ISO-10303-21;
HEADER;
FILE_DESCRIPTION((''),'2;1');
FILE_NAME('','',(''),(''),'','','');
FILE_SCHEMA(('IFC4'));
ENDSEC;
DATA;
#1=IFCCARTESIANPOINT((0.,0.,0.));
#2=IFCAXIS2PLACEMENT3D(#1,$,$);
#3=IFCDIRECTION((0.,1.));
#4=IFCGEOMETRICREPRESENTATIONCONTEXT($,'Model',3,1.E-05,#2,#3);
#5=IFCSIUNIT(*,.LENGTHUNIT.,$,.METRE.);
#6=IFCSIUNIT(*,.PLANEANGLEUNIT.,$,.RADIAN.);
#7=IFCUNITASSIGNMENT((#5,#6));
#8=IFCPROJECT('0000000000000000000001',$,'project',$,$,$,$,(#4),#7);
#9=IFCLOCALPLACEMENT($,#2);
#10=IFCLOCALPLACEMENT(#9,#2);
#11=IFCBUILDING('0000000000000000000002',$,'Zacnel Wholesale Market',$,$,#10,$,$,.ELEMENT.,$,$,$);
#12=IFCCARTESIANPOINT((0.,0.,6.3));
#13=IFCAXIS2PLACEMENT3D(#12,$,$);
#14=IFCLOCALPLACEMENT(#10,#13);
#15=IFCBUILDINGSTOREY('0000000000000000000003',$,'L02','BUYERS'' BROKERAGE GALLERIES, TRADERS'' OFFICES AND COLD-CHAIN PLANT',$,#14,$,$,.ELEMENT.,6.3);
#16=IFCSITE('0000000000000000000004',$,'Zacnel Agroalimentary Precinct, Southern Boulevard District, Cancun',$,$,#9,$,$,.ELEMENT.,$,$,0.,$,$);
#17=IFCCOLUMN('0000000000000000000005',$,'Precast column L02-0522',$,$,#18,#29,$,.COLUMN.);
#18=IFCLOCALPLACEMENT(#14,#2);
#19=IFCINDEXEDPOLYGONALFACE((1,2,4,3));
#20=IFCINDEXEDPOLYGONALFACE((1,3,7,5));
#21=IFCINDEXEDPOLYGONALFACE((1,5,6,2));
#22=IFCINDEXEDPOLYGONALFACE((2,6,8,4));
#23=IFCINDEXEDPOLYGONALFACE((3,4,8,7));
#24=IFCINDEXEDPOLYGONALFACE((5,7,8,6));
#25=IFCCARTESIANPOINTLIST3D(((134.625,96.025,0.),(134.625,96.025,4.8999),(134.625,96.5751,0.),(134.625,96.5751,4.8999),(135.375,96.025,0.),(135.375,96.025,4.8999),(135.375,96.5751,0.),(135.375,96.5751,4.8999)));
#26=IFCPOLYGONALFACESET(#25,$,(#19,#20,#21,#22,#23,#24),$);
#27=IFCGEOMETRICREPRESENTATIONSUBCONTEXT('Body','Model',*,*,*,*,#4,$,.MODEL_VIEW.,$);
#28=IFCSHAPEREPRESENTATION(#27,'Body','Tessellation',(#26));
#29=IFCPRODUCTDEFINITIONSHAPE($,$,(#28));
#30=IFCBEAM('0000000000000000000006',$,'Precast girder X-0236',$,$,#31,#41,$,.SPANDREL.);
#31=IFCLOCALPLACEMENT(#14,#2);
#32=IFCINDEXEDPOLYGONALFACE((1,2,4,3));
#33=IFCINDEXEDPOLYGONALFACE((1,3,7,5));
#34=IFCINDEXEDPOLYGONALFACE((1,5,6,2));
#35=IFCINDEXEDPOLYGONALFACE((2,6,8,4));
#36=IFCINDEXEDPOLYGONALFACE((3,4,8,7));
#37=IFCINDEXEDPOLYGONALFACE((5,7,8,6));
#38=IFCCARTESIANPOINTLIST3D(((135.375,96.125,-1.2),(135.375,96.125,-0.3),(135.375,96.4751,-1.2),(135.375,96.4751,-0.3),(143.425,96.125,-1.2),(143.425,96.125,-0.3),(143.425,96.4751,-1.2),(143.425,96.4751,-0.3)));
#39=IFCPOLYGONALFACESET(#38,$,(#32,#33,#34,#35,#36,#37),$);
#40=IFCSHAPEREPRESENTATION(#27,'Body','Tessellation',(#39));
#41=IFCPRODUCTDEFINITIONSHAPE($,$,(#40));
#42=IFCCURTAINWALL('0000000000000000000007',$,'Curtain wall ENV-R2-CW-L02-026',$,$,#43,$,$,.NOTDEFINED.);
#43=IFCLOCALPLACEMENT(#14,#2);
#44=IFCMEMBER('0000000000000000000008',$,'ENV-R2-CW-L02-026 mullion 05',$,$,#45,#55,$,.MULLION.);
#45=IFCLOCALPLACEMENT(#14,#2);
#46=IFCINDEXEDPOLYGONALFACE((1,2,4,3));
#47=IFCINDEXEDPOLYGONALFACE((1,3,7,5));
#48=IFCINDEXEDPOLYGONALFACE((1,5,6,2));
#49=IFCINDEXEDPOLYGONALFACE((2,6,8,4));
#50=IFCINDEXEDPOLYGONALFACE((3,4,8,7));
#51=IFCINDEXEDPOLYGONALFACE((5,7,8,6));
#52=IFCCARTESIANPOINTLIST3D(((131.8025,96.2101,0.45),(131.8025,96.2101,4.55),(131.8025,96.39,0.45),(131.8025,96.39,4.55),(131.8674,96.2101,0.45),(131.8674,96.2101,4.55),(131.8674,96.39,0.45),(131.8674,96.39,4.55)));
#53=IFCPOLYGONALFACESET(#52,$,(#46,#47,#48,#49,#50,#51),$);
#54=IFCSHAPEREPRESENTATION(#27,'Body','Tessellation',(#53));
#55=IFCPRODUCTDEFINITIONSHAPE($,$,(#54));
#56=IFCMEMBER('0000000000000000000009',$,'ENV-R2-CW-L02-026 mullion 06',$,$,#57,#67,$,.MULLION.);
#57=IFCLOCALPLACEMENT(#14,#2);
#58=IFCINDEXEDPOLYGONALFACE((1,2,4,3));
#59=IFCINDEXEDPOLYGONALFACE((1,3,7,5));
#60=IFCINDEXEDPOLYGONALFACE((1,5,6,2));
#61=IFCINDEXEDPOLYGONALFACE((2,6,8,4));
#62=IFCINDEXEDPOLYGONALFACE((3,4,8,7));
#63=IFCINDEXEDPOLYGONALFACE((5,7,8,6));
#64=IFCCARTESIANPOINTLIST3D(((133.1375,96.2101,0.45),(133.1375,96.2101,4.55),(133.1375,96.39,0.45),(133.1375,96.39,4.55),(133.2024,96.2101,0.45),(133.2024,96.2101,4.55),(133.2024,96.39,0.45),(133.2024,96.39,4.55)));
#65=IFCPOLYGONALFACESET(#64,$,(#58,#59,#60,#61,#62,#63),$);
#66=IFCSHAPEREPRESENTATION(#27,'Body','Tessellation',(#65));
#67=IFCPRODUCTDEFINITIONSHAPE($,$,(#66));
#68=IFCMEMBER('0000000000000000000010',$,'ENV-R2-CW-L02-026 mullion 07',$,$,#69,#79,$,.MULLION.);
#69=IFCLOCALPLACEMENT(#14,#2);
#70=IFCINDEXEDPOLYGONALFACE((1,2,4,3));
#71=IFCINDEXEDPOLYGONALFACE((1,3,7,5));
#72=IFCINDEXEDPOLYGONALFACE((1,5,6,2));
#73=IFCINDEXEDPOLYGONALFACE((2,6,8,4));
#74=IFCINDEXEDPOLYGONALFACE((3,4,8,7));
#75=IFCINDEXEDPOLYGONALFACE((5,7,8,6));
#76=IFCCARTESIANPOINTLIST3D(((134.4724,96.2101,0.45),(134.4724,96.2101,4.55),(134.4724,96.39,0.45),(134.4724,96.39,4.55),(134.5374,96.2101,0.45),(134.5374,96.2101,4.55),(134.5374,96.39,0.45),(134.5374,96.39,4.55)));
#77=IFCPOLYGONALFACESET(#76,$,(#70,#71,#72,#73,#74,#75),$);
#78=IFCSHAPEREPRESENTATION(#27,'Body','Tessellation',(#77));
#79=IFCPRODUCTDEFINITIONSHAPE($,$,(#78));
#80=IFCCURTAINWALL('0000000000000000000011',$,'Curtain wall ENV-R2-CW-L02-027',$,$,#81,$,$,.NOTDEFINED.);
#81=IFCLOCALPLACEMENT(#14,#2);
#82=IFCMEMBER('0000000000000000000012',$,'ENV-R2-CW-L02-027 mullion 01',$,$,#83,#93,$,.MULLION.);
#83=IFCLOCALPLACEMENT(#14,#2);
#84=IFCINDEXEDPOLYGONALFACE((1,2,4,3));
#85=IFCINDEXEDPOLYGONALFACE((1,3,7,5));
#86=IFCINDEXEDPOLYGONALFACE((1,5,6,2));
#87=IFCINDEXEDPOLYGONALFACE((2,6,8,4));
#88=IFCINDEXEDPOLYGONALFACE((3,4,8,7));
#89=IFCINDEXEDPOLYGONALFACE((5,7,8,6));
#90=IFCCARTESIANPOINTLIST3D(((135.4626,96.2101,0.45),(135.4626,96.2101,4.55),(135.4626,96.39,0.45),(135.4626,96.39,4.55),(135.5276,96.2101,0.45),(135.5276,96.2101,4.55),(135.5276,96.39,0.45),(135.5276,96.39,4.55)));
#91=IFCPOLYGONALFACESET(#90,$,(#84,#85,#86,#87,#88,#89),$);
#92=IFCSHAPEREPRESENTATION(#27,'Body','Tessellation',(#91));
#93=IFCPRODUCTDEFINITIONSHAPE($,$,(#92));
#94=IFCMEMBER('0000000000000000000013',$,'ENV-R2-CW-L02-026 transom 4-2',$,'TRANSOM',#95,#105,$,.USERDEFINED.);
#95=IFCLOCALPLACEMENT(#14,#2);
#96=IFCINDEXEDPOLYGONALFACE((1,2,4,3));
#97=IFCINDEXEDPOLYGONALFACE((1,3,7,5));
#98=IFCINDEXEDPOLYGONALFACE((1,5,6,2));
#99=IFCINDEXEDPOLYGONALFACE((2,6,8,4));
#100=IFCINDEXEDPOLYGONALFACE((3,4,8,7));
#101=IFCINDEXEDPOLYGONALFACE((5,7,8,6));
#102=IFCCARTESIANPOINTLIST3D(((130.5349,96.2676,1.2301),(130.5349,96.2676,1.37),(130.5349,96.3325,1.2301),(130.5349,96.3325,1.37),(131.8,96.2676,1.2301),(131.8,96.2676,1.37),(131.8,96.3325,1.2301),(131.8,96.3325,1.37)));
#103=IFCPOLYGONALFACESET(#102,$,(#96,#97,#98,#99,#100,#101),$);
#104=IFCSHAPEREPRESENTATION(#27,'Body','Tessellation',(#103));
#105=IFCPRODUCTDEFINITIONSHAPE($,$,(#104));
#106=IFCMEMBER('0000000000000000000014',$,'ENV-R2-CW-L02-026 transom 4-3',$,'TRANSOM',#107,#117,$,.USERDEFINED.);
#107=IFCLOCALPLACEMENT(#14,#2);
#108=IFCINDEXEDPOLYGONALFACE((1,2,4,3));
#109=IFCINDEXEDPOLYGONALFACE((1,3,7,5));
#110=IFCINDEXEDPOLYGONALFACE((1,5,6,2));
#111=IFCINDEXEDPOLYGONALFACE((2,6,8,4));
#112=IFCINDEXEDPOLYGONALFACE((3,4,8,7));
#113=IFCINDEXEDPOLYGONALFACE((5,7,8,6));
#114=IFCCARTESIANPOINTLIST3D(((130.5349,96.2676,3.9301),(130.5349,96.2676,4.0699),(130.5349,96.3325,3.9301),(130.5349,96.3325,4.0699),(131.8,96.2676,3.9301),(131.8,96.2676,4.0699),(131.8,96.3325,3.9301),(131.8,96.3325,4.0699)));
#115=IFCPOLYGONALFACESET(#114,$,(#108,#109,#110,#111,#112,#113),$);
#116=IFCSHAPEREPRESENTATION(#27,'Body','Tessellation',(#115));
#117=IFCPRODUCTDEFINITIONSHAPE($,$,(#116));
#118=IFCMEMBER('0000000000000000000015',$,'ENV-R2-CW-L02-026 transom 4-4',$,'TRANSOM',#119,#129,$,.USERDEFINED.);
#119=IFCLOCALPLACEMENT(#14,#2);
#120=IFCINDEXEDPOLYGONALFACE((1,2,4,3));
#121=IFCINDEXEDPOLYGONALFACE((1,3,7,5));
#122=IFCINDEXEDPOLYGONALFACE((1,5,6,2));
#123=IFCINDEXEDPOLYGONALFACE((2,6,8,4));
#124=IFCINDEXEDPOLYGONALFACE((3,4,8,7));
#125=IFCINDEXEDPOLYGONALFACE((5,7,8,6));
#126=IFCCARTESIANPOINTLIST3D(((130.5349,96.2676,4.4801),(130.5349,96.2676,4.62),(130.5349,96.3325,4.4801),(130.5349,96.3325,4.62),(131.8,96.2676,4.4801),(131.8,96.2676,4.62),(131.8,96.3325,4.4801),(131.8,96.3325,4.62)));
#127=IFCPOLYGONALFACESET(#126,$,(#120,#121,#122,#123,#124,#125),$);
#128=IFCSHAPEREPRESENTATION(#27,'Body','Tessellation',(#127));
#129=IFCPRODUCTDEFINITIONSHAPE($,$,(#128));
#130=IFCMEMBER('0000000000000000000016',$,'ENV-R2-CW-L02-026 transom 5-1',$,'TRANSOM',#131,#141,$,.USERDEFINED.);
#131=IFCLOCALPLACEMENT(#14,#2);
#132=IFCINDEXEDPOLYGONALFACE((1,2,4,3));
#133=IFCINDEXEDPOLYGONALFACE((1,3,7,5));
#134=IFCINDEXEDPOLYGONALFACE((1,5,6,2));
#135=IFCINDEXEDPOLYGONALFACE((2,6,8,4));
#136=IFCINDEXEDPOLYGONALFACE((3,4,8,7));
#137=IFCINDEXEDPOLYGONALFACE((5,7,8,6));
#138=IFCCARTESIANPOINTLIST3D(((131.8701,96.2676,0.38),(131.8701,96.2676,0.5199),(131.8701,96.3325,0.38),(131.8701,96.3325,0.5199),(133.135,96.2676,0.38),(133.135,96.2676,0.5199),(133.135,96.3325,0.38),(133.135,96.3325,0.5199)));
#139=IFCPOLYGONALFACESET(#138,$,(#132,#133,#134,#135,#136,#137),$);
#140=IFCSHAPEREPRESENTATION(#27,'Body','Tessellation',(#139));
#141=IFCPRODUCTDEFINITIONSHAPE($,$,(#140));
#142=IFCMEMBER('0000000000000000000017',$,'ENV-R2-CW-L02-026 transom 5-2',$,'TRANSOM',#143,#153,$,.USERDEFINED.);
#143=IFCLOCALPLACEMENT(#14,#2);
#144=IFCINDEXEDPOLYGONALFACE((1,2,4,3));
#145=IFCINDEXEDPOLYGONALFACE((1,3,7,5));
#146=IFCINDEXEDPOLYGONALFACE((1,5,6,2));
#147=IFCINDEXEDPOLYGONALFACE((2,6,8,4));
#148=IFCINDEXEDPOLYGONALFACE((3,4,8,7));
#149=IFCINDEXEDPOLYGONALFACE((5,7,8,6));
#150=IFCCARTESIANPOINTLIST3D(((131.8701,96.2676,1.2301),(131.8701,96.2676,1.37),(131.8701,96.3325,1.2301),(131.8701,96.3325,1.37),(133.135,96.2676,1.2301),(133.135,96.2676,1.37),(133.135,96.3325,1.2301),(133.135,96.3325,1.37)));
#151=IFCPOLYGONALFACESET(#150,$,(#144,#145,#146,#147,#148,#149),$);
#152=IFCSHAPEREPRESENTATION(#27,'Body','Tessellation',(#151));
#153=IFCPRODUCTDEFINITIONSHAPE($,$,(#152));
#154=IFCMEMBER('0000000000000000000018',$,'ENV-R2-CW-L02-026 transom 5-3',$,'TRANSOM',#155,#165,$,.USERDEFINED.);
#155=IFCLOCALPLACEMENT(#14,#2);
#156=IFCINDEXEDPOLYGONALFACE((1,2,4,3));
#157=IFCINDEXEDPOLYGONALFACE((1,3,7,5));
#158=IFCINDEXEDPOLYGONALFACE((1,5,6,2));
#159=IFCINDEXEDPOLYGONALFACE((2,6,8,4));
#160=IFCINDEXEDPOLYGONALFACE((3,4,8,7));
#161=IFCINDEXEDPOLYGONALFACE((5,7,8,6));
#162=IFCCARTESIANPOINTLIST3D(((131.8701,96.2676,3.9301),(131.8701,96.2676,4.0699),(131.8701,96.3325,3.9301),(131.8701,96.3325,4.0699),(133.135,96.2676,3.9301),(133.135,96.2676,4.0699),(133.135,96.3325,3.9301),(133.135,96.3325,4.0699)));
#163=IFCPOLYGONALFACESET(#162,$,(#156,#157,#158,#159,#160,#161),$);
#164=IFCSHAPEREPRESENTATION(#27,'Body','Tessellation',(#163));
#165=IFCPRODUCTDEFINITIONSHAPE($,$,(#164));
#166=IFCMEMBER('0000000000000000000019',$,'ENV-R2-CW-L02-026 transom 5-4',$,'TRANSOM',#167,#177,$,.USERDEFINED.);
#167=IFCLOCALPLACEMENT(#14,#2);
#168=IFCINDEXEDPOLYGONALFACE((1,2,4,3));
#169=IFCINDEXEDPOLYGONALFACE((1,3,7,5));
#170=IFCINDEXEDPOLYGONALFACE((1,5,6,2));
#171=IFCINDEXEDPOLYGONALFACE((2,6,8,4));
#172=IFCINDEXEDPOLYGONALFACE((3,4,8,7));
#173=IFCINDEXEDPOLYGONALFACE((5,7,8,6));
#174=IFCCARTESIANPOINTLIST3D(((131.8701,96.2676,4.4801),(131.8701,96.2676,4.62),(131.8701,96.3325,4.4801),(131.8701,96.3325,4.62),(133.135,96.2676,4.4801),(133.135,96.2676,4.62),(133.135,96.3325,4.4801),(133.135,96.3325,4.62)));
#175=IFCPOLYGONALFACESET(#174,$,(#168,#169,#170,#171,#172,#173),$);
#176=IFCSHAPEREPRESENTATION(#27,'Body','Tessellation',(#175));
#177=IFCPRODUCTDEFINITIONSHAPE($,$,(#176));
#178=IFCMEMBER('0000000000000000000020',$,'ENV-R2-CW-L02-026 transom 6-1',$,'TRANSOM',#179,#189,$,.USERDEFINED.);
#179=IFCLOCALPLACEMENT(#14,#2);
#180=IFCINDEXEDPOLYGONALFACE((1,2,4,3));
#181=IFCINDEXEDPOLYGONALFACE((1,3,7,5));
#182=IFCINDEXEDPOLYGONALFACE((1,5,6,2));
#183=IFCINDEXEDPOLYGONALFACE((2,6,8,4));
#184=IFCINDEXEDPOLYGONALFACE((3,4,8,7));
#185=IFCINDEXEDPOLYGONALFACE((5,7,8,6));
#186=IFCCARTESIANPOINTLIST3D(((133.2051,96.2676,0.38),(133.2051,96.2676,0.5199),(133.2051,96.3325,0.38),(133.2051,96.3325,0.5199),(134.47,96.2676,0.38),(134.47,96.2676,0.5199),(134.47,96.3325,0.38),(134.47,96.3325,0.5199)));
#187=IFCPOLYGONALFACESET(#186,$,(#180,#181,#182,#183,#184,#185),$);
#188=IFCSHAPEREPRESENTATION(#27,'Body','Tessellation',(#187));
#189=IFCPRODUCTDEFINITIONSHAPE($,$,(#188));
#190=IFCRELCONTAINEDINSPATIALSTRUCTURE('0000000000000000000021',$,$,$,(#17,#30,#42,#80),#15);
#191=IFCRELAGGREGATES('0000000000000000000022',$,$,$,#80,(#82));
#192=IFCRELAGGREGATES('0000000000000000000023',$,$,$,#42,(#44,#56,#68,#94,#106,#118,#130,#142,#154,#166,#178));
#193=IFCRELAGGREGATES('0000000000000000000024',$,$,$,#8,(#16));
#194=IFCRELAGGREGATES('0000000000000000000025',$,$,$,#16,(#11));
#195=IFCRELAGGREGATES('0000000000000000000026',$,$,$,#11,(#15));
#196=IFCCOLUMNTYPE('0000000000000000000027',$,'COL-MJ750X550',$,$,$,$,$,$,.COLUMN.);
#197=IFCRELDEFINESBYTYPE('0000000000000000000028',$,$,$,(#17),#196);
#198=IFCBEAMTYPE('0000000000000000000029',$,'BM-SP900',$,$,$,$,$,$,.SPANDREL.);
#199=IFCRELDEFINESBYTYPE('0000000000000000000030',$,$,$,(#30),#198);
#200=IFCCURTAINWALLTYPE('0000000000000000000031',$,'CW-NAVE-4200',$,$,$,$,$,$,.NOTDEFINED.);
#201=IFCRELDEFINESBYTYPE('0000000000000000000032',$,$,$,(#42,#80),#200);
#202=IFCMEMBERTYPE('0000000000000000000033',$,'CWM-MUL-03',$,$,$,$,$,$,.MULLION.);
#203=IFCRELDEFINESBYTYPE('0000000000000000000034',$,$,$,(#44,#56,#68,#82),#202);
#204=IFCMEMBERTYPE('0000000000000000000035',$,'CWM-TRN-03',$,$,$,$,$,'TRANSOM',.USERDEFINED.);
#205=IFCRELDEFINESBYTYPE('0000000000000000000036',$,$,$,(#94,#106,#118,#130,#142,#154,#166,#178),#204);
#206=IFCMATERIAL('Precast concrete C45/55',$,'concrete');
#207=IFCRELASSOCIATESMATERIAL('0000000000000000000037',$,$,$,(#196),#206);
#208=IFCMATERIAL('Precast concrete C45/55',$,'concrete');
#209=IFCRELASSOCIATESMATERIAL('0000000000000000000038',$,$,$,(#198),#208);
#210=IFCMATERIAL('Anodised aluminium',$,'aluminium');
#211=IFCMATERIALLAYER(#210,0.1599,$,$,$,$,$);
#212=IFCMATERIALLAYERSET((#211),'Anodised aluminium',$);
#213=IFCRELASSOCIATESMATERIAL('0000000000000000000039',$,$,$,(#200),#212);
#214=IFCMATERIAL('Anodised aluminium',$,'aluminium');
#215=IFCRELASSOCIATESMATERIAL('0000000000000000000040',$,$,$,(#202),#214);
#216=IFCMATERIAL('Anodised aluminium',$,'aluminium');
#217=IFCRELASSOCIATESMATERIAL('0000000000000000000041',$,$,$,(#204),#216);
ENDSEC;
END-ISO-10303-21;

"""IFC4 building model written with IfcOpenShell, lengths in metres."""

from ifc_helpers import new_model, si_unit, direction, frame, origin, origin_2d, place, context, subcontext, project, spatial, rectangle, extrude, material, layer, layer_set, material_profile, profile_set, type_object, element, aggregate, save


model = new_model("IFC4")

# Units and contexts
model_context = context("Model", 3, precision=1e-05, world=origin(), true_north=direction((0.0, 1.0)))
body_context = subcontext(model_context, "Body", "Model", "MODEL_VIEW")
ifc_project = project(units=[si_unit("LENGTHUNIT", "METRE"), si_unit("PLANEANGLEUNIT", "RADIAN")], contexts=[model_context])

# Site, building, storey
site_placement = place(None, origin())
site = spatial("IfcSite", under=ifc_project, at=site_placement, Name="Zacnel Agroalimentary Precinct, Southern Boulevard District, Cancun", CompositionType="ELEMENT", RefElevation=0.0)
building_placement = place(site_placement, origin())
building = spatial("IfcBuilding", under=site, at=building_placement, Name="Zacnel Wholesale Market", CompositionType="ELEMENT")
storey_placement = place(building_placement, frame((0.0, 0.0, 6.3)))
storey = spatial("IfcBuildingStorey", under=building, at=storey_placement, Name="L02", Description="BUYERS' BROKERAGE GALLERIES, TRADERS' OFFICES AND COLD-CHAIN PLANT", CompositionType="ELEMENT", Elevation=6.3)

# Column
ifc_material_1 = material(Name="Precast concrete C45/55", Category="concrete")
ifc_material_profile_1 = material_profile(ifc_material_1, rectangle(XDim=0.75, YDim=0.55, at=origin_2d()), Name="PC 750x550")
ifc_profile_set_1 = profile_set([ifc_material_profile_1], Name="Precast concrete C45/55")
column_type = type_object("IfcColumnType", Name="COL-MJ750X550", PredefinedType="COLUMN", material=ifc_profile_set_1)
column_placement = place(storey_placement, frame((135.0, 96.3, 0.0), z_axis=(0.0, 0.0, 1.0), x_axis=(1.0, 0.0, 0.0)))
element("IfcColumn", 1, at=column_placement, inside=storey, type_object=column_type, Name="Precast column L02-0522", PredefinedType="COLUMN", context=body_context, shape_type="SweptSolid", body=[
    extrude(rectangle(XDim=0.75, YDim=0.55, at=origin_2d()), origin(), (0.0, 0.0, 1.0), 4.8999),
])

# Beam
ifc_material_2 = material(Name="Precast concrete C45/55", Category="concrete")
ifc_material_profile_2 = material_profile(ifc_material_2, rectangle(XDim=0.3501, YDim=0.8999, at=origin_2d()), Name="SP 350x900")
ifc_profile_set_2 = profile_set([ifc_material_profile_2], Name="Precast concrete C45/55")
beam_type = type_object("IfcBeamType", Name="BM-SP900", PredefinedType="SPANDREL", material=ifc_profile_set_2)
beam_placement = place(storey_placement, frame((135.375, 96.3, -0.75), z_axis=(1.0, 0.0, 0.0), x_axis=(0.0, 1.0, 0.0)))
element("IfcBeam", 2, at=beam_placement, inside=storey, type_object=beam_type, Name="Precast girder X-0236", PredefinedType="SPANDREL", context=body_context, shape_type="SweptSolid", body=[
    extrude(rectangle(XDim=0.3501, YDim=0.8999, at=origin_2d()), origin(), (0.0, 0.0, 1.0), 8.05),
])

# Curtain wall, members
ifc_material_3 = material(Name="Anodised aluminium", Category="aluminium")
ifc_layer_1 = layer(ifc_material_3, 0.1599)
ifc_layer_set_1 = layer_set([ifc_layer_1], Name="Anodised aluminium")
curtain_wall_type = type_object("IfcCurtainWallType", Name="CW-NAVE-4200", PredefinedType="NOTDEFINED", material=ifc_layer_set_1)
curtain_wall_1_placement = place(storey_placement, origin())
curtain_wall_1 = element("IfcCurtainWall", 3, at=curtain_wall_1_placement, inside=storey, type_object=curtain_wall_type, Name="Curtain wall ENV-R2-CW-L02-026", PredefinedType="NOTDEFINED")
ifc_material_4 = material(Name="Anodised aluminium", Category="aluminium")
ifc_material_profile_3 = material_profile(ifc_material_4, rectangle(XDim=0.0649, YDim=0.1799, at=origin_2d()), Name="AW-MULLION 65x180")
ifc_profile_set_3 = profile_set([ifc_material_profile_3], Name="Anodised aluminium")
member_type_1 = type_object("IfcMemberType", Name="CWM-MUL-03", PredefinedType="MULLION", material=ifc_profile_set_3)
member_1_placement = place(storey_placement, frame((131.835, 96.3, 0.45), z_axis=(0.0, 0.0, 1.0), x_axis=(1.0, 0.0, 0.0)))
member_1 = element("IfcMember", 4, at=member_1_placement, type_object=member_type_1, Name="ENV-R2-CW-L02-026 mullion 05", PredefinedType="MULLION", context=body_context, shape_type="SweptSolid", body=[
    extrude(rectangle(XDim=0.0649, YDim=0.1799, at=origin_2d()), origin(), (0.0, 0.0, 1.0), 4.1001),
])
member_2_placement = place(storey_placement, frame((133.1699, 96.3, 0.45), z_axis=(0.0, 0.0, 1.0), x_axis=(1.0, 0.0, 0.0)))
member_2 = element("IfcMember", 5, at=member_2_placement, type_object=member_type_1, Name="ENV-R2-CW-L02-026 mullion 06", PredefinedType="MULLION", context=body_context, shape_type="SweptSolid", body=[
    extrude(rectangle(XDim=0.0649, YDim=0.1799, at=origin_2d()), origin(), (0.0, 0.0, 1.0), 4.1001),
])
member_3_placement = place(storey_placement, frame((134.5049, 96.3, 0.45), z_axis=(0.0, 0.0, 1.0), x_axis=(1.0, 0.0, 0.0)))
member_3 = element("IfcMember", 6, at=member_3_placement, type_object=member_type_1, Name="ENV-R2-CW-L02-026 mullion 07", PredefinedType="MULLION", context=body_context, shape_type="SweptSolid", body=[
    extrude(rectangle(XDim=0.0649, YDim=0.1799, at=origin_2d()), origin(), (0.0, 0.0, 1.0), 4.1001),
])

# Curtain wall, member
curtain_wall_2_placement = place(storey_placement, origin())
curtain_wall_2 = element("IfcCurtainWall", 7, at=curtain_wall_2_placement, inside=storey, type_object=curtain_wall_type, Name="Curtain wall ENV-R2-CW-L02-027", PredefinedType="NOTDEFINED")
member_4_placement = place(storey_placement, frame((135.4951, 96.3, 0.45), z_axis=(0.0, 0.0, 1.0), x_axis=(1.0, 0.0, 0.0)))
member_4 = element("IfcMember", 8, at=member_4_placement, type_object=member_type_1, Name="ENV-R2-CW-L02-027 mullion 01", PredefinedType="MULLION", context=body_context, shape_type="SweptSolid", body=[
    extrude(rectangle(XDim=0.0649, YDim=0.1799, at=origin_2d()), origin(), (0.0, 0.0, 1.0), 4.1001),
])

# Members
ifc_material_5 = material(Name="Anodised aluminium", Category="aluminium")
ifc_material_profile_4 = material_profile(ifc_material_5, rectangle(XDim=0.0649, YDim=0.1399, at=origin_2d()), Name="AW-TRANSOM 65x140")
ifc_profile_set_4 = profile_set([ifc_material_profile_4], Name="Anodised aluminium")
member_type_2 = type_object("IfcMemberType", Name="CWM-TRN-03", ElementType="TRANSOM", PredefinedType="USERDEFINED", material=ifc_profile_set_4)
member_5_placement = place(storey_placement, frame((130.5349, 96.3, 1.3), z_axis=(1.0, 0.0, 0.0), x_axis=(0.0, 1.0, 0.0)))
member_5 = element("IfcMember", 9, at=member_5_placement, type_object=member_type_2, Name="ENV-R2-CW-L02-026 transom 4-2", ObjectType="TRANSOM", PredefinedType="USERDEFINED", context=body_context, shape_type="SweptSolid", body=[
    extrude(rectangle(XDim=0.0649, YDim=0.1399, at=origin_2d()), origin(), (0.0, 0.0, 1.0), 1.2651),
])
member_6_placement = place(storey_placement, frame((130.5349, 96.3, 4.0), z_axis=(1.0, 0.0, 0.0), x_axis=(0.0, 1.0, 0.0)))
member_6 = element("IfcMember", 10, at=member_6_placement, type_object=member_type_2, Name="ENV-R2-CW-L02-026 transom 4-3", ObjectType="TRANSOM", PredefinedType="USERDEFINED", context=body_context, shape_type="SweptSolid", body=[
    extrude(rectangle(XDim=0.0649, YDim=0.1399, at=origin_2d()), origin(), (0.0, 0.0, 1.0), 1.2651),
])
member_7_placement = place(storey_placement, frame((130.5349, 96.3, 4.55), z_axis=(1.0, 0.0, 0.0), x_axis=(0.0, 1.0, 0.0)))
member_7 = element("IfcMember", 11, at=member_7_placement, type_object=member_type_2, Name="ENV-R2-CW-L02-026 transom 4-4", ObjectType="TRANSOM", PredefinedType="USERDEFINED", context=body_context, shape_type="SweptSolid", body=[
    extrude(rectangle(XDim=0.0649, YDim=0.1399, at=origin_2d()), origin(), (0.0, 0.0, 1.0), 1.2651),
])
member_8_placement = place(storey_placement, frame((131.8701, 96.3, 0.45), z_axis=(1.0, 0.0, 0.0), x_axis=(0.0, 1.0, 0.0)))
member_8 = element("IfcMember", 12, at=member_8_placement, type_object=member_type_2, Name="ENV-R2-CW-L02-026 transom 5-1", ObjectType="TRANSOM", PredefinedType="USERDEFINED", context=body_context, shape_type="SweptSolid", body=[
    extrude(rectangle(XDim=0.0649, YDim=0.1399, at=origin_2d()), origin(), (0.0, 0.0, 1.0), 1.2649),
])
member_9_placement = place(storey_placement, frame((131.8701, 96.3, 1.3), z_axis=(1.0, 0.0, 0.0), x_axis=(0.0, 1.0, 0.0)))
member_9 = element("IfcMember", 13, at=member_9_placement, type_object=member_type_2, Name="ENV-R2-CW-L02-026 transom 5-2", ObjectType="TRANSOM", PredefinedType="USERDEFINED", context=body_context, shape_type="SweptSolid", body=[
    extrude(rectangle(XDim=0.0649, YDim=0.1399, at=origin_2d()), origin(), (0.0, 0.0, 1.0), 1.2649),
])
member_10_placement = place(storey_placement, frame((131.8701, 96.3, 4.0), z_axis=(1.0, 0.0, 0.0), x_axis=(0.0, 1.0, 0.0)))
member_10 = element("IfcMember", 14, at=member_10_placement, type_object=member_type_2, Name="ENV-R2-CW-L02-026 transom 5-3", ObjectType="TRANSOM", PredefinedType="USERDEFINED", context=body_context, shape_type="SweptSolid", body=[
    extrude(rectangle(XDim=0.0649, YDim=0.1399, at=origin_2d()), origin(), (0.0, 0.0, 1.0), 1.2649),
])
member_11_placement = place(storey_placement, frame((131.8701, 96.3, 4.55), z_axis=(1.0, 0.0, 0.0), x_axis=(0.0, 1.0, 0.0)))
member_11 = element("IfcMember", 15, at=member_11_placement, type_object=member_type_2, Name="ENV-R2-CW-L02-026 transom 5-4", ObjectType="TRANSOM", PredefinedType="USERDEFINED", context=body_context, shape_type="SweptSolid", body=[
    extrude(rectangle(XDim=0.0649, YDim=0.1399, at=origin_2d()), origin(), (0.0, 0.0, 1.0), 1.2649),
])
member_12_placement = place(storey_placement, frame((133.2051, 96.3, 0.45), z_axis=(1.0, 0.0, 0.0), x_axis=(0.0, 1.0, 0.0)))
member_12 = element("IfcMember", 16, at=member_12_placement, type_object=member_type_2, Name="ENV-R2-CW-L02-026 transom 6-1", ObjectType="TRANSOM", PredefinedType="USERDEFINED", context=body_context, shape_type="SweptSolid", body=[
    extrude(rectangle(XDim=0.0649, YDim=0.1399, at=origin_2d()), origin(), (0.0, 0.0, 1.0), 1.2649),
])
aggregate(curtain_wall_2, [member_4])

aggregate(curtain_wall_1, [member_1, member_2, member_3, member_5, member_6, member_7, member_8, member_9, member_10, member_11, member_12])

save(model, "model.ifc")
